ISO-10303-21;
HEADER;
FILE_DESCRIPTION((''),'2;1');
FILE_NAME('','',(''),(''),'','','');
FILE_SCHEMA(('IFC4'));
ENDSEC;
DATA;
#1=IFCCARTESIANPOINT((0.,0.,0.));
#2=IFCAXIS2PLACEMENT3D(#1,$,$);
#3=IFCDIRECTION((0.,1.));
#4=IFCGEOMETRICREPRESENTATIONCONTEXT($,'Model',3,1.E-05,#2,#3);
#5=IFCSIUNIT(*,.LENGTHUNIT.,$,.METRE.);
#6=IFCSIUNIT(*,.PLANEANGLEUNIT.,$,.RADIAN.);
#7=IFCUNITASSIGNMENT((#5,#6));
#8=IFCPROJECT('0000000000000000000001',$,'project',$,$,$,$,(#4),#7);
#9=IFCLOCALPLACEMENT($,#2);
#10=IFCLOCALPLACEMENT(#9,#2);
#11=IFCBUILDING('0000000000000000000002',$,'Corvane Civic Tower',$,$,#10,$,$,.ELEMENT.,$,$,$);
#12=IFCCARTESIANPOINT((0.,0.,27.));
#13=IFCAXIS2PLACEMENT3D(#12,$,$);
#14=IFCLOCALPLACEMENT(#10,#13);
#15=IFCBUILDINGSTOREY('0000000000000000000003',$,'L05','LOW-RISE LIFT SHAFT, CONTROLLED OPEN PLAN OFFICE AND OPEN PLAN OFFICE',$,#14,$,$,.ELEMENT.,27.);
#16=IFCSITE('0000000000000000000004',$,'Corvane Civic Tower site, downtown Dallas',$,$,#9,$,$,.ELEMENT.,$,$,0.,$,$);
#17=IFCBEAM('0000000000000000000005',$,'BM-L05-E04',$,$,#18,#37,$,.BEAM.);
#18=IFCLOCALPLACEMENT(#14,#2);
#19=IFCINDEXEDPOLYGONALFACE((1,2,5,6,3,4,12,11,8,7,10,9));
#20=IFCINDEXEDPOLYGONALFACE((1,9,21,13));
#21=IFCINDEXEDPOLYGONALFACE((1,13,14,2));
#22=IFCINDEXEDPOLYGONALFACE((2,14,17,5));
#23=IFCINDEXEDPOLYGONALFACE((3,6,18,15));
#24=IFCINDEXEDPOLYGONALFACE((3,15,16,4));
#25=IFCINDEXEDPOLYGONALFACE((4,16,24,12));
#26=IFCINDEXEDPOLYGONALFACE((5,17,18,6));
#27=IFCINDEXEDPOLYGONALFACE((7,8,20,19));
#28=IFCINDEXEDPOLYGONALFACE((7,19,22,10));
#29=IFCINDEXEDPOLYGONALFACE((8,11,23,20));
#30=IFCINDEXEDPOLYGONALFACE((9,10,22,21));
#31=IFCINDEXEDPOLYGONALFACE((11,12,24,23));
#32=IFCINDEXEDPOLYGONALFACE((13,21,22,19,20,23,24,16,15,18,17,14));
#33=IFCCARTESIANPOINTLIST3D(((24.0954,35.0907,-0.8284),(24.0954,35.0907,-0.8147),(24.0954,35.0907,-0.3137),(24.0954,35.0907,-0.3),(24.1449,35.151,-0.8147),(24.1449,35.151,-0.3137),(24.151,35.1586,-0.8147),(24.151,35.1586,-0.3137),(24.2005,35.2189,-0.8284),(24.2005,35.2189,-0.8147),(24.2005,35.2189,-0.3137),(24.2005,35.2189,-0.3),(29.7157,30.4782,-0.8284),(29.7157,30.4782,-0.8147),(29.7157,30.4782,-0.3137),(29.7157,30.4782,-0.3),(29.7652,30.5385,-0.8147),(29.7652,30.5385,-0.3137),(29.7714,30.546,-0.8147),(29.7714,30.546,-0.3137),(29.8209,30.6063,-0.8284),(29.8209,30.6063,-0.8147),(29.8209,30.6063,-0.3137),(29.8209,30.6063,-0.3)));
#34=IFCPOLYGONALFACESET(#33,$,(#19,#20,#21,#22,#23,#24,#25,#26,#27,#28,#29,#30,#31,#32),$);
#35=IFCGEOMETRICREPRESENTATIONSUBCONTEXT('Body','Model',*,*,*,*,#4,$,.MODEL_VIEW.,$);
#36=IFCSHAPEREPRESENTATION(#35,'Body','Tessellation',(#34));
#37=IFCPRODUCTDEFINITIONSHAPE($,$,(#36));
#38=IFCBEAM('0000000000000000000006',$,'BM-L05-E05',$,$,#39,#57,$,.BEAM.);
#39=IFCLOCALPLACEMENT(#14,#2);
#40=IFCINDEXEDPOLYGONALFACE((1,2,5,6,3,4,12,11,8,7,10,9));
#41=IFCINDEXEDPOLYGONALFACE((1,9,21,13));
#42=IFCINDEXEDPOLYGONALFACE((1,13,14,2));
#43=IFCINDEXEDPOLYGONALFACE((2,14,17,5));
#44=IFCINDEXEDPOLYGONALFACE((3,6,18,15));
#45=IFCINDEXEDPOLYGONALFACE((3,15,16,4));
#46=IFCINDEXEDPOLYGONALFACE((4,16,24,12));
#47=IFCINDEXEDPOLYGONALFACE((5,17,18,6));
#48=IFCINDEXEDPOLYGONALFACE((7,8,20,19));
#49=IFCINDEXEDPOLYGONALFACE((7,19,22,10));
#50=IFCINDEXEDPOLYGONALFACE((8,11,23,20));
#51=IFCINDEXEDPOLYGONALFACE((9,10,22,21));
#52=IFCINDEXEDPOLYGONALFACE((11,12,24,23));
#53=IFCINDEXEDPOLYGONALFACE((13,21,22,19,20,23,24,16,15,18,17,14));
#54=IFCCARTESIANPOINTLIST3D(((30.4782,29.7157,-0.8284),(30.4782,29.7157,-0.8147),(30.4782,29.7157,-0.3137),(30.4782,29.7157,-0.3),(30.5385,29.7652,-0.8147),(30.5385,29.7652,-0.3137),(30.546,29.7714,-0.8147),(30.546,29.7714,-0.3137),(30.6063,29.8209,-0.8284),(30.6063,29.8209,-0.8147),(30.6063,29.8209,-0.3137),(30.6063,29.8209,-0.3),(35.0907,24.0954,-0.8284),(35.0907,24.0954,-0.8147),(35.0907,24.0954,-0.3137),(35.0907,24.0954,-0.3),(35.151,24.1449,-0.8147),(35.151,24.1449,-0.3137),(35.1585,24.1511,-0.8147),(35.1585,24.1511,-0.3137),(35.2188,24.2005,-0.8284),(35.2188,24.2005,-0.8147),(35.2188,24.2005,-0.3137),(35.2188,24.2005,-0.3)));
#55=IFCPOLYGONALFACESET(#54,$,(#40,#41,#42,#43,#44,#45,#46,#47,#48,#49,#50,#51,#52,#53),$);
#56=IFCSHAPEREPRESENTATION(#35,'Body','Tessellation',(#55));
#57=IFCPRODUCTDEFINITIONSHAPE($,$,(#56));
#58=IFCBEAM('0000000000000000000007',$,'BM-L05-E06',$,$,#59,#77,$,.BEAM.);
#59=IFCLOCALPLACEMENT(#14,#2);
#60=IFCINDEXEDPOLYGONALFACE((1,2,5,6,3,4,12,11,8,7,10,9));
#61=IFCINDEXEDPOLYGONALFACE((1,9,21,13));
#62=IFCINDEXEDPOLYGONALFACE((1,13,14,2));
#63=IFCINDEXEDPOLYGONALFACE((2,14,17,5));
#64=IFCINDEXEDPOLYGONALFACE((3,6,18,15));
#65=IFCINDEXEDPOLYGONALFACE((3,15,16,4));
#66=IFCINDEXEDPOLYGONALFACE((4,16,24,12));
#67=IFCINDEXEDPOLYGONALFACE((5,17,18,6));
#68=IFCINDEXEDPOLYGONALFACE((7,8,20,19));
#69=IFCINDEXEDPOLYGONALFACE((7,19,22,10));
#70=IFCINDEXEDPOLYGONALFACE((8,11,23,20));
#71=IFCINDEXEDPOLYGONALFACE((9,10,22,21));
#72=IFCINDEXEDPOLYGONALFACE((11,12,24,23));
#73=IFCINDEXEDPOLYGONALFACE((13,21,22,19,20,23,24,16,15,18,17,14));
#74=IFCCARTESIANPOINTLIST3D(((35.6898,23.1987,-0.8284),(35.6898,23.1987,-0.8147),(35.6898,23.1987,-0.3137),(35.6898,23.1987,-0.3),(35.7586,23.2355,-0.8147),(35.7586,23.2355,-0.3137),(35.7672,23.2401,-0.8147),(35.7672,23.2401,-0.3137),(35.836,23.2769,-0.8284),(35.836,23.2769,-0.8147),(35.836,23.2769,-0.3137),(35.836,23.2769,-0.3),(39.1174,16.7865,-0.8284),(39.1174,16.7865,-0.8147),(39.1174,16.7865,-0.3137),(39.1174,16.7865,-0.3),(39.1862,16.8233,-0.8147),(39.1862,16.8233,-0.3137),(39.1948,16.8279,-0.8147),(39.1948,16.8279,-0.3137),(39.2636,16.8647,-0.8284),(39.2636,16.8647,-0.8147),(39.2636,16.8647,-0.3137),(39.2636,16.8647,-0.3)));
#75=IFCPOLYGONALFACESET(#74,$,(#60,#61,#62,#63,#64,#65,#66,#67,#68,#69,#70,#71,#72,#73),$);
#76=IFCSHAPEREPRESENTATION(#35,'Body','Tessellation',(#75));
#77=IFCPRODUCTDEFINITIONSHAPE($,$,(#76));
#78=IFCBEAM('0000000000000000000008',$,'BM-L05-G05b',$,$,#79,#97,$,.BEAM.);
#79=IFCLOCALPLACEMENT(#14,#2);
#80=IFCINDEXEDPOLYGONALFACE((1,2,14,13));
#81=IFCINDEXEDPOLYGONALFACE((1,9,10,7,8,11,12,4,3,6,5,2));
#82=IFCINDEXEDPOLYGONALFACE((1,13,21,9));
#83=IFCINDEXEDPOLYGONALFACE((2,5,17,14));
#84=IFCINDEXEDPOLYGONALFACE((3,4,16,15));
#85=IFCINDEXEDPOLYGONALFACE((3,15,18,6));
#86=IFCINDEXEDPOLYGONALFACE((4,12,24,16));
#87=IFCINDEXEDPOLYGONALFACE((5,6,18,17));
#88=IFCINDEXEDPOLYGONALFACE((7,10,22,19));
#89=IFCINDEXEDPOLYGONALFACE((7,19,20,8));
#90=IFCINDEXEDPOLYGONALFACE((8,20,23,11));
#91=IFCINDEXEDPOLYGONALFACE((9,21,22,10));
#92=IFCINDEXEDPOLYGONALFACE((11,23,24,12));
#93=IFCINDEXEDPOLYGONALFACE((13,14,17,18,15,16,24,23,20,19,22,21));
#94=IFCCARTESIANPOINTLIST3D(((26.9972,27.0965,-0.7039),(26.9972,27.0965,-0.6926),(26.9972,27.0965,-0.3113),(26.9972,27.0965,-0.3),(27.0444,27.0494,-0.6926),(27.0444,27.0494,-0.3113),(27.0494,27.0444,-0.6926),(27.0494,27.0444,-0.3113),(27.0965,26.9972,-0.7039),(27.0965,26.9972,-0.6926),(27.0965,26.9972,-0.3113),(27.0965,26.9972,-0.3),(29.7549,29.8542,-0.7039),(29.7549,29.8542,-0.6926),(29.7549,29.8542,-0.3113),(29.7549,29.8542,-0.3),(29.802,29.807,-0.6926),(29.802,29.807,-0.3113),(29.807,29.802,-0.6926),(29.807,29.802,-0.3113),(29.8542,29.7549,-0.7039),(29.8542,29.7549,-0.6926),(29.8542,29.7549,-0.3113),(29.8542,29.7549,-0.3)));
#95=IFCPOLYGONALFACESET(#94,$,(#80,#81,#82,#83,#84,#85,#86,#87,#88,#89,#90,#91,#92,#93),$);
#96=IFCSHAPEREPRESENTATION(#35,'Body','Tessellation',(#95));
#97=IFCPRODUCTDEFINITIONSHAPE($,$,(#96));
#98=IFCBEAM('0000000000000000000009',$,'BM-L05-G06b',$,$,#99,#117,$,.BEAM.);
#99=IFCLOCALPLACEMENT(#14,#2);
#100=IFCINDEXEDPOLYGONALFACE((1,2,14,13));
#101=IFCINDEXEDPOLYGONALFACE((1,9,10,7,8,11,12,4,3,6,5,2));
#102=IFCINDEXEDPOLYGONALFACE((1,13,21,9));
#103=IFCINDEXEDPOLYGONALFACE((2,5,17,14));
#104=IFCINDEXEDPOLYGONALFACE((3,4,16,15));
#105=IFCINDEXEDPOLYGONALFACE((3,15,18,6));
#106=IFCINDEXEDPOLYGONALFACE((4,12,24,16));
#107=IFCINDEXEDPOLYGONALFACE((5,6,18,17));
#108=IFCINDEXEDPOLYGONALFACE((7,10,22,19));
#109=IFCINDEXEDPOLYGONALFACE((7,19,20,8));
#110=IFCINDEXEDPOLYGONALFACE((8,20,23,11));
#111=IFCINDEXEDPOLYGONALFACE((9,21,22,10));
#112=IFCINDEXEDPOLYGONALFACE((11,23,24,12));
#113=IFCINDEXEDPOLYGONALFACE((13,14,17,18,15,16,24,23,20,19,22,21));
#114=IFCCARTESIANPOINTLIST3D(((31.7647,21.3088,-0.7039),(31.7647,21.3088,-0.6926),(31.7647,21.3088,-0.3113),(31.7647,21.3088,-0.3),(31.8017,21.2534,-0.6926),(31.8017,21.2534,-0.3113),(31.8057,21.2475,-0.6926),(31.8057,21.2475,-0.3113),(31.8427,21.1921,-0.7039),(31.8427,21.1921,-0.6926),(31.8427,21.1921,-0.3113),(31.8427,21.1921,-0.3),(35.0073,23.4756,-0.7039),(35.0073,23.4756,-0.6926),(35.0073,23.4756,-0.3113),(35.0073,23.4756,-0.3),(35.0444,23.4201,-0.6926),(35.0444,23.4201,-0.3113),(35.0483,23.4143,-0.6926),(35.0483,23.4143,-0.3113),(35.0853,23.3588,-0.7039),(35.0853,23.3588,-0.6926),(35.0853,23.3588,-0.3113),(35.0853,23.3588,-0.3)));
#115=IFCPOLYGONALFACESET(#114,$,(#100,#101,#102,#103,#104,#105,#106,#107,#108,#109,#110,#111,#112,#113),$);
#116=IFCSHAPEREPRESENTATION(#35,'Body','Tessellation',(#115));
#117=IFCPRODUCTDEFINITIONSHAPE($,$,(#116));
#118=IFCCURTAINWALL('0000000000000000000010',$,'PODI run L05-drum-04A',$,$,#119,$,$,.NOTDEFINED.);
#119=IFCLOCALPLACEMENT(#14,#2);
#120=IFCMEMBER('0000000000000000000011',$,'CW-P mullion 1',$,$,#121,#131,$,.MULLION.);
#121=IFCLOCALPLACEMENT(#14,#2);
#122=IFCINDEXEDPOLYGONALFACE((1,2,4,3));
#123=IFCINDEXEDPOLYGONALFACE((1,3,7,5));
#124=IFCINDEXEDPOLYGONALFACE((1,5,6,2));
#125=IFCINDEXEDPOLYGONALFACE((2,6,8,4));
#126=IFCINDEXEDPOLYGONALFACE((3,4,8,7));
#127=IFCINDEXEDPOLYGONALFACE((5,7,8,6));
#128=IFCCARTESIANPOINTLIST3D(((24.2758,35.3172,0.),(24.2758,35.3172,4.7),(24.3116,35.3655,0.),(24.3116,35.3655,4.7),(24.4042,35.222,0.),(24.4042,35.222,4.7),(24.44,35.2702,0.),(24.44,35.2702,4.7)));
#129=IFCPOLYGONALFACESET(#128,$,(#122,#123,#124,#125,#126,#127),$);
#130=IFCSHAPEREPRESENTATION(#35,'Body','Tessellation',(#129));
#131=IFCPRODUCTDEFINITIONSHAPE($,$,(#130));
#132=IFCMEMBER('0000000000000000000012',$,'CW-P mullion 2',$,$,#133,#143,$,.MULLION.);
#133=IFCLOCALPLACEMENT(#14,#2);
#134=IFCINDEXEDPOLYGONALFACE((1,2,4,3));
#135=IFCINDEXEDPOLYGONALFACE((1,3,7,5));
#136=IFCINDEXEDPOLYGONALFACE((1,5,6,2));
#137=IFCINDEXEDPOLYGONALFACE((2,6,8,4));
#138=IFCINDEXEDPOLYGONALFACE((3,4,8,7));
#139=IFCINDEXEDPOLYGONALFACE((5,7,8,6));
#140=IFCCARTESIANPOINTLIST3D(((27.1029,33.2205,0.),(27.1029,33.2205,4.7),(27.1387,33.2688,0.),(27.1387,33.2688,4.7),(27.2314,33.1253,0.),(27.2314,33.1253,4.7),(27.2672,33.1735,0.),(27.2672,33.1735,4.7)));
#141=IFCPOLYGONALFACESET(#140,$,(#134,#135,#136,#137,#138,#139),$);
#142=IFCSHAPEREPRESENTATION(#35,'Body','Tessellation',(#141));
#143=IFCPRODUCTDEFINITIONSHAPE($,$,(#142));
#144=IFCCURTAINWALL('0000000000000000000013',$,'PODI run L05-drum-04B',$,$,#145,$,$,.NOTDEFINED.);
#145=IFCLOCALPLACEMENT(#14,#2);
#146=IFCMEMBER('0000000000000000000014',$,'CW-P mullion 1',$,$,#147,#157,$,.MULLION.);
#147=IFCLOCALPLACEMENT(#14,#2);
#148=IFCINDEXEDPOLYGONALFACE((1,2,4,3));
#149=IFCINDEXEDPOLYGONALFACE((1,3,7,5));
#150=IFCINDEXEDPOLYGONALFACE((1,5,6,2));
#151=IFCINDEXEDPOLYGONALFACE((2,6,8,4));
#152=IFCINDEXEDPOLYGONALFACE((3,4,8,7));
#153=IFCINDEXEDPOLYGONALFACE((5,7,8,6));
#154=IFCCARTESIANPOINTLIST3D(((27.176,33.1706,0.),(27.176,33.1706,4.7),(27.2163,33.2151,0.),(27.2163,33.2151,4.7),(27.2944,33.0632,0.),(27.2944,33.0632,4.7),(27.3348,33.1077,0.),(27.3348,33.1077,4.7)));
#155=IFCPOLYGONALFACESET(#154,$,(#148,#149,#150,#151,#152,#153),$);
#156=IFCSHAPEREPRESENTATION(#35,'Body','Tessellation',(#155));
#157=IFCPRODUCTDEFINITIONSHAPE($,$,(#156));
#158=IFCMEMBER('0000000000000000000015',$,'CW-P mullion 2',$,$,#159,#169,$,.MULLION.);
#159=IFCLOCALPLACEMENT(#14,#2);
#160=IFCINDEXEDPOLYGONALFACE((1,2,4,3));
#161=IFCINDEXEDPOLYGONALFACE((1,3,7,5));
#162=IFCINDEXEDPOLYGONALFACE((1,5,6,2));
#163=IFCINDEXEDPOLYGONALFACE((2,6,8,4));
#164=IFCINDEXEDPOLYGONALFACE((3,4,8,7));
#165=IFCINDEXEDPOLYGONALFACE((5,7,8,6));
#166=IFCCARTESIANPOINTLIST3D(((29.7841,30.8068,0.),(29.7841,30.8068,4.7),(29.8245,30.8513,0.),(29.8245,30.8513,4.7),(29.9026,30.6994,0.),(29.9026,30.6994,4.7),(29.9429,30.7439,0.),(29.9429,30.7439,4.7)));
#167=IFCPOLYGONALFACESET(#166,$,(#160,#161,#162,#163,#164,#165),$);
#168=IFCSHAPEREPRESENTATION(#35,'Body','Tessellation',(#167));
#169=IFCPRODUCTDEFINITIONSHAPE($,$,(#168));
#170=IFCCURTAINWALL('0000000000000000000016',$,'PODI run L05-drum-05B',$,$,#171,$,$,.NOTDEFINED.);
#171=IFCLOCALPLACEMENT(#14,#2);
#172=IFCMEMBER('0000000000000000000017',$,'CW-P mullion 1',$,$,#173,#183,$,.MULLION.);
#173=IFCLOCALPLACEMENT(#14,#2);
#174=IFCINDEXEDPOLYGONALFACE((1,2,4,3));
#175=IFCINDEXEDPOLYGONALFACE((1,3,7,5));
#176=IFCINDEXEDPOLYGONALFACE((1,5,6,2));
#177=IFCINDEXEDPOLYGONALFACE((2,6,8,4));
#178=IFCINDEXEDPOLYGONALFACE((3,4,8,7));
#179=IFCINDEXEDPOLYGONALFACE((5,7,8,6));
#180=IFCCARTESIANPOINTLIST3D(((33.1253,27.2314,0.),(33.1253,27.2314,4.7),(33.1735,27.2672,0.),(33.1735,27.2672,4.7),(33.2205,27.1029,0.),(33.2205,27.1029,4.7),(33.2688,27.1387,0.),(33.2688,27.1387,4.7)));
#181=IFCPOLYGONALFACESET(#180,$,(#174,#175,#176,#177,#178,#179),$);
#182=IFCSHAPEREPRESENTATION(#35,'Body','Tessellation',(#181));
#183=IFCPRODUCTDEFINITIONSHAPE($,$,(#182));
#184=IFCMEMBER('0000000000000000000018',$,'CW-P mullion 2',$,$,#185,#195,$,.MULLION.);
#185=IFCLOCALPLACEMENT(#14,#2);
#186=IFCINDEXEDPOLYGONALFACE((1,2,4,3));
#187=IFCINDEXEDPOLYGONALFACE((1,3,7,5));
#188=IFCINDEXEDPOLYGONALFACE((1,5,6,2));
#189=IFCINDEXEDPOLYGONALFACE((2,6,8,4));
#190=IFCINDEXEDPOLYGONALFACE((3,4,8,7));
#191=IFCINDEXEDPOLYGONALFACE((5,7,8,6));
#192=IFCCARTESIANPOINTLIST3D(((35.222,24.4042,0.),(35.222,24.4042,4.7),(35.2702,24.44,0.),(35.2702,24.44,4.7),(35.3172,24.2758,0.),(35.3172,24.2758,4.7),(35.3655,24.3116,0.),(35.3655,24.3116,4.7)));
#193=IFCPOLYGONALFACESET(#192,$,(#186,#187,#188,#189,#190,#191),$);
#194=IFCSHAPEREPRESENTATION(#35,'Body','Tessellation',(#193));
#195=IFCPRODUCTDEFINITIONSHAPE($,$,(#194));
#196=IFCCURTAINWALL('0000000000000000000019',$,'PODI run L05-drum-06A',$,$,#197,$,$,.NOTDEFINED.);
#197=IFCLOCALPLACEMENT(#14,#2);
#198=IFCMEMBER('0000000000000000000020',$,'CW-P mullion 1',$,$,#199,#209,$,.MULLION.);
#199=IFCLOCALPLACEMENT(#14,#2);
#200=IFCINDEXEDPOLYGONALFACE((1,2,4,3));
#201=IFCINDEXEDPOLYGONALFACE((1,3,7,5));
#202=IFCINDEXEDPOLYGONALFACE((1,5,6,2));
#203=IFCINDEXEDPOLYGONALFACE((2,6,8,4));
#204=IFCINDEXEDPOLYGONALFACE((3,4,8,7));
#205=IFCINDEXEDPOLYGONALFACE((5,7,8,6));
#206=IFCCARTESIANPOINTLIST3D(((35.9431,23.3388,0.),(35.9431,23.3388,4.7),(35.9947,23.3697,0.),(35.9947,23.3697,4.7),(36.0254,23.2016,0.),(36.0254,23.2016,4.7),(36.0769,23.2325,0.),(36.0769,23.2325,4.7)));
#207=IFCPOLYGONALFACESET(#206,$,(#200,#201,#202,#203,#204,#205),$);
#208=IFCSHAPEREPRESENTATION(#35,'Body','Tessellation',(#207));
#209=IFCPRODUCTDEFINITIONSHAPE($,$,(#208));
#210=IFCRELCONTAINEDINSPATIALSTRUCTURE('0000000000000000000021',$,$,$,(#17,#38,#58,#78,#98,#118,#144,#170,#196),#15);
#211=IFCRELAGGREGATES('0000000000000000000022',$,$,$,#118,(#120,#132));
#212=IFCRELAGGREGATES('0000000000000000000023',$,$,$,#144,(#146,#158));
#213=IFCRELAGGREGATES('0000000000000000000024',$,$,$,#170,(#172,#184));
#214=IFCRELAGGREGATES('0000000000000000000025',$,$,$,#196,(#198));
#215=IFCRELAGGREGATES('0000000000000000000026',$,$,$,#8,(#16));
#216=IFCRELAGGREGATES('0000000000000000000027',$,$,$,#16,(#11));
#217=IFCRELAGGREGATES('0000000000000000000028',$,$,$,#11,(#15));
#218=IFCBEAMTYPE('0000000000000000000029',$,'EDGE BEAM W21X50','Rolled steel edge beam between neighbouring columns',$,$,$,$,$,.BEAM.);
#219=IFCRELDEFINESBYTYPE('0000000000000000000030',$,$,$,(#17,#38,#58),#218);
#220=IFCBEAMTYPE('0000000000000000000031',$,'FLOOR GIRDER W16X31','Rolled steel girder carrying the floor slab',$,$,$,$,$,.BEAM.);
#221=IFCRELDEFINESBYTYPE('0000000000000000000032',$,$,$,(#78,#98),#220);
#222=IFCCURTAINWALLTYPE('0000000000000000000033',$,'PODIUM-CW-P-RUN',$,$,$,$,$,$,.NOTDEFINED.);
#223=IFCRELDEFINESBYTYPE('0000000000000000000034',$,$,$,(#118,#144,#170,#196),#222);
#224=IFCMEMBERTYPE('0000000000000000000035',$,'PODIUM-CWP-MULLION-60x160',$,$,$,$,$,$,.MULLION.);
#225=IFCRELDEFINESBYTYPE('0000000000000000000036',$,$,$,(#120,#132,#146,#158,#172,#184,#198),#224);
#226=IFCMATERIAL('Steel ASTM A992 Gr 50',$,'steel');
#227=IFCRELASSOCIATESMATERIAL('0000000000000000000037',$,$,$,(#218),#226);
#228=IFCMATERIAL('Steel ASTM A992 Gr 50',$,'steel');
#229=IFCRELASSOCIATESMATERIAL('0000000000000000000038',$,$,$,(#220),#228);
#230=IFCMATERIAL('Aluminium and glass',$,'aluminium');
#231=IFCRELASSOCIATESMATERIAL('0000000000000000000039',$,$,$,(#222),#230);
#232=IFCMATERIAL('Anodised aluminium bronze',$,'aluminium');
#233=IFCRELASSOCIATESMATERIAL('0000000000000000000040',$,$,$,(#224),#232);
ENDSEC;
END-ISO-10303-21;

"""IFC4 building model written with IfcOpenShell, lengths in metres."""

from ifc_helpers import new_model, si_unit, direction, frame, origin, origin_2d, place, context, subcontext, project, spatial, rectangle, i_section, extrude, material, material_profile, profile_set, type_object, element, aggregate, save


model = new_model("IFC4")

# Units and contexts
model_context = context("Model", 3, precision=1e-05, world=origin(), true_north=direction((0.0, 1.0)))
body_context = subcontext(model_context, "Body", "Model", "MODEL_VIEW")
ifc_project = project(units=[si_unit("LENGTHUNIT", "METRE"), si_unit("PLANEANGLEUNIT", "RADIAN")], contexts=[model_context])

# Site, building, storey
site_placement = place(None, origin())
site = spatial("IfcSite", under=ifc_project, at=site_placement, Name="Corvane Civic Tower site, downtown Dallas", CompositionType="ELEMENT", RefElevation=0.0)
building_placement = place(site_placement, origin())
building = spatial("IfcBuilding", under=site, at=building_placement, Name="Corvane Civic Tower", CompositionType="ELEMENT")
storey_placement = place(building_placement, frame((0.0, 0.0, 27.0)))
storey = spatial("IfcBuildingStorey", under=building, at=storey_placement, Name="L05", Description="LOW-RISE LIFT SHAFT, CONTROLLED OPEN PLAN OFFICE AND OPEN PLAN OFFICE", CompositionType="ELEMENT", Elevation=27.0)

# Beams
ifc_material_1 = material(Name="Steel ASTM A992 Gr 50", Category="steel")
ifc_material_profile_1 = material_profile(ifc_material_1, i_section(OverallWidth=0.1658, OverallDepth=0.5283, WebThickness=0.0098, FlangeThickness=0.0137, at=origin_2d()), Name="W21X50")
ifc_profile_set_1 = profile_set([ifc_material_profile_1], Name="Steel ASTM A992 Gr 50")
beam_type_1 = type_object("IfcBeamType", Name="EDGE BEAM W21X50", Description="Rolled steel edge beam between neighbouring columns", PredefinedType="BEAM", material=ifc_profile_set_1)
for number, where, z_axis, x_axis, name in (
    (1, (24.1479, 35.1548, -0.5642), (0.773008, -0.634396, 0.0), (0.634396, 0.773008, 0.0), "BM-L05-E04"),
    (2, (30.5422, 29.7683, -0.5642), (0.634396, -0.773008, 0.0), (0.773008, 0.634396, 0.0), "BM-L05-E05"),
    (3, (35.7629, 23.2378, -0.5642), (0.471412, -0.881913, 0.0), (0.881913, 0.471412, 0.0), "BM-L05-E06"),
):
    element("IfcBeam", number, at=place(storey_placement, frame(where, z_axis=z_axis, x_axis=x_axis)), inside=storey, type_object=beam_type_1, Name=name, PredefinedType="BEAM", context=body_context, shape_type="SweptSolid", body=[
        extrude(i_section(OverallWidth=0.1658, OverallDepth=0.5283, WebThickness=0.0098, FlangeThickness=0.0137, at=origin_2d()), origin(), (0.0, 0.0, 1.0), 7.2708),
    ])
ifc_material_2 = material(Name="Steel ASTM A992 Gr 50", Category="steel")
ifc_material_profile_2 = material_profile(ifc_material_2, i_section(OverallWidth=0.1404, OverallDepth=0.4038, WebThickness=0.0071, FlangeThickness=0.0112, at=origin_2d()), Name="W16X31")
ifc_profile_set_2 = profile_set([ifc_material_profile_2], Name="Steel ASTM A992 Gr 50")
beam_type_2 = type_object("IfcBeamType", Name="FLOOR GIRDER W16X31", Description="Rolled steel girder carrying the floor slab", PredefinedType="BEAM", material=ifc_profile_set_2)
for number, where, z_axis, x_axis, name in (
    (4, (27.0469, 27.0469, -0.502), (0.707107, 0.707107, 0.0), (-0.707107, 0.707107, 0.0), "BM-L05-G05b"),
    (5, (31.8037, 21.2505, -0.502), (0.831462, 0.555581, 0.0), (-0.555581, 0.831462, 0.0), "BM-L05-G06b"),
):
    element("IfcBeam", number, at=place(storey_placement, frame(where, z_axis=z_axis, x_axis=x_axis)), inside=storey, type_object=beam_type_2, Name=name, PredefinedType="BEAM", context=body_context, shape_type="SweptSolid", body=[
        extrude(i_section(OverallWidth=0.1404, OverallDepth=0.4038, WebThickness=0.0071, FlangeThickness=0.0112, at=origin_2d()), origin(), (0.0, 0.0, 1.0), 3.8999),
    ])

# Curtain walls, members
ifc_material_3 = material(Name="Aluminium and glass", Category="aluminium")
curtain_wall_type = type_object("IfcCurtainWallType", Name="PODIUM-CW-P-RUN", PredefinedType="NOTDEFINED", material=ifc_material_3)
curtain_wall_1_placement = place(storey_placement, origin())
curtain_wall_1 = element("IfcCurtainWall", 6, at=curtain_wall_1_placement, inside=storey, type_object=curtain_wall_type, Name="PODI run L05-drum-04A", PredefinedType="NOTDEFINED")
ifc_material_4 = material(Name="Anodised aluminium bronze", Category="aluminium")
ifc_material_profile_3 = material_profile(ifc_material_4, rectangle(XDim=0.0601, YDim=0.1599, at=origin_2d()), Name="AL 60x160")
ifc_profile_set_3 = profile_set([ifc_material_profile_3], Name="Anodised aluminium bronze")
member_type_1 = type_object("IfcMemberType", Name="PODIUM-CWP-MULLION-60x160", PredefinedType="MULLION", material=ifc_profile_set_3)
member_1_placement = place(storey_placement, frame((24.3579, 35.2937, 0.0), z_axis=(0.0, 0.0, 1.0), x_axis=(0.595705, 0.803203, 0.0)))
member_1 = element("IfcMember", 7, at=member_1_placement, type_object=member_type_1, Name="CW-P mullion 1", PredefinedType="MULLION", context=body_context, shape_type="SweptSolid", body=[
    extrude(rectangle(XDim=0.0601, YDim=0.1599, at=origin_2d()), origin(), (0.0, 0.0, 1.0), 4.7),
])
member_2_placement = place(storey_placement, frame((27.1851, 33.197, 0.0), z_axis=(0.0, 0.0, 1.0), x_axis=(0.595705, 0.803203, 0.0)))
member_2 = element("IfcMember", 8, at=member_2_placement, type_object=member_type_1, Name="CW-P mullion 2", PredefinedType="MULLION", context=body_context, shape_type="SweptSolid", body=[
    extrude(rectangle(XDim=0.0601, YDim=0.1599, at=origin_2d()), origin(), (0.0, 0.0, 1.0), 4.7),
])
curtain_wall_2_placement = place(storey_placement, origin())
curtain_wall_2 = element("IfcCurtainWall", 9, at=curtain_wall_2_placement, inside=storey, type_object=curtain_wall_type, Name="PODI run L05-drum-04B", PredefinedType="NOTDEFINED")
member_3_placement = place(storey_placement, frame((27.2554, 33.1392, 0.0), z_axis=(0.0, 0.0, 1.0), x_axis=(0.671576, 0.740935, 0.0)))
member_3 = element("IfcMember", 10, at=member_3_placement, type_object=member_type_1, Name="CW-P mullion 1", PredefinedType="MULLION", context=body_context, shape_type="SweptSolid", body=[
    extrude(rectangle(XDim=0.0601, YDim=0.1599, at=origin_2d()), origin(), (0.0, 0.0, 1.0), 4.7),
])
member_4_placement = place(storey_placement, frame((29.8635, 30.7754, 0.0), z_axis=(0.0, 0.0, 1.0), x_axis=(0.671576, 0.740935, 0.0)))
member_4 = element("IfcMember", 11, at=member_4_placement, type_object=member_type_1, Name="CW-P mullion 2", PredefinedType="MULLION", context=body_context, shape_type="SweptSolid", body=[
    extrude(rectangle(XDim=0.0601, YDim=0.1599, at=origin_2d()), origin(), (0.0, 0.0, 1.0), 4.7),
])
curtain_wall_3_placement = place(storey_placement, origin())
curtain_wall_3 = element("IfcCurtainWall", 12, at=curtain_wall_3_placement, inside=storey, type_object=curtain_wall_type, Name="PODI run L05-drum-05B", PredefinedType="NOTDEFINED")
member_5_placement = place(storey_placement, frame((33.197, 27.1851, 0.0), z_axis=(0.0, 0.0, 1.0), x_axis=(0.803203, 0.595705, 0.0)))
member_5 = element("IfcMember", 13, at=member_5_placement, type_object=member_type_1, Name="CW-P mullion 1", PredefinedType="MULLION", context=body_context, shape_type="SweptSolid", body=[
    extrude(rectangle(XDim=0.0601, YDim=0.1599, at=origin_2d()), origin(), (0.0, 0.0, 1.0), 4.7),
])
member_6_placement = place(storey_placement, frame((35.2937, 24.3579, 0.0), z_axis=(0.0, 0.0, 1.0), x_axis=(0.803203, 0.595705, 0.0)))
member_6 = element("IfcMember", 14, at=member_6_placement, type_object=member_type_1, Name="CW-P mullion 2", PredefinedType="MULLION", context=body_context, shape_type="SweptSolid", body=[
    extrude(rectangle(XDim=0.0601, YDim=0.1599, at=origin_2d()), origin(), (0.0, 0.0, 1.0), 4.7),
])
curtain_wall_4_placement = place(storey_placement, origin())
curtain_wall_4 = element("IfcCurtainWall", 15, at=curtain_wall_4_placement, inside=storey, type_object=curtain_wall_type, Name="PODI run L05-drum-06A", PredefinedType="NOTDEFINED")
member_7_placement = place(storey_placement, frame((36.01, 23.2856, 0.0), z_axis=(0.0, 0.0, 1.0), x_axis=(0.85772, 0.514118, 0.0)))
member_7 = element("IfcMember", 16, at=member_7_placement, type_object=member_type_1, Name="CW-P mullion 1", PredefinedType="MULLION", context=body_context, shape_type="SweptSolid", body=[
    extrude(rectangle(XDim=0.0601, YDim=0.1599, at=origin_2d()), origin(), (0.0, 0.0, 1.0), 4.7),
])

aggregate(curtain_wall_1, [member_1, member_2])
aggregate(curtain_wall_2, [member_3, member_4])
aggregate(curtain_wall_3, [member_5, member_6])
aggregate(curtain_wall_4, [member_7])

save(model, "model.ifc")
